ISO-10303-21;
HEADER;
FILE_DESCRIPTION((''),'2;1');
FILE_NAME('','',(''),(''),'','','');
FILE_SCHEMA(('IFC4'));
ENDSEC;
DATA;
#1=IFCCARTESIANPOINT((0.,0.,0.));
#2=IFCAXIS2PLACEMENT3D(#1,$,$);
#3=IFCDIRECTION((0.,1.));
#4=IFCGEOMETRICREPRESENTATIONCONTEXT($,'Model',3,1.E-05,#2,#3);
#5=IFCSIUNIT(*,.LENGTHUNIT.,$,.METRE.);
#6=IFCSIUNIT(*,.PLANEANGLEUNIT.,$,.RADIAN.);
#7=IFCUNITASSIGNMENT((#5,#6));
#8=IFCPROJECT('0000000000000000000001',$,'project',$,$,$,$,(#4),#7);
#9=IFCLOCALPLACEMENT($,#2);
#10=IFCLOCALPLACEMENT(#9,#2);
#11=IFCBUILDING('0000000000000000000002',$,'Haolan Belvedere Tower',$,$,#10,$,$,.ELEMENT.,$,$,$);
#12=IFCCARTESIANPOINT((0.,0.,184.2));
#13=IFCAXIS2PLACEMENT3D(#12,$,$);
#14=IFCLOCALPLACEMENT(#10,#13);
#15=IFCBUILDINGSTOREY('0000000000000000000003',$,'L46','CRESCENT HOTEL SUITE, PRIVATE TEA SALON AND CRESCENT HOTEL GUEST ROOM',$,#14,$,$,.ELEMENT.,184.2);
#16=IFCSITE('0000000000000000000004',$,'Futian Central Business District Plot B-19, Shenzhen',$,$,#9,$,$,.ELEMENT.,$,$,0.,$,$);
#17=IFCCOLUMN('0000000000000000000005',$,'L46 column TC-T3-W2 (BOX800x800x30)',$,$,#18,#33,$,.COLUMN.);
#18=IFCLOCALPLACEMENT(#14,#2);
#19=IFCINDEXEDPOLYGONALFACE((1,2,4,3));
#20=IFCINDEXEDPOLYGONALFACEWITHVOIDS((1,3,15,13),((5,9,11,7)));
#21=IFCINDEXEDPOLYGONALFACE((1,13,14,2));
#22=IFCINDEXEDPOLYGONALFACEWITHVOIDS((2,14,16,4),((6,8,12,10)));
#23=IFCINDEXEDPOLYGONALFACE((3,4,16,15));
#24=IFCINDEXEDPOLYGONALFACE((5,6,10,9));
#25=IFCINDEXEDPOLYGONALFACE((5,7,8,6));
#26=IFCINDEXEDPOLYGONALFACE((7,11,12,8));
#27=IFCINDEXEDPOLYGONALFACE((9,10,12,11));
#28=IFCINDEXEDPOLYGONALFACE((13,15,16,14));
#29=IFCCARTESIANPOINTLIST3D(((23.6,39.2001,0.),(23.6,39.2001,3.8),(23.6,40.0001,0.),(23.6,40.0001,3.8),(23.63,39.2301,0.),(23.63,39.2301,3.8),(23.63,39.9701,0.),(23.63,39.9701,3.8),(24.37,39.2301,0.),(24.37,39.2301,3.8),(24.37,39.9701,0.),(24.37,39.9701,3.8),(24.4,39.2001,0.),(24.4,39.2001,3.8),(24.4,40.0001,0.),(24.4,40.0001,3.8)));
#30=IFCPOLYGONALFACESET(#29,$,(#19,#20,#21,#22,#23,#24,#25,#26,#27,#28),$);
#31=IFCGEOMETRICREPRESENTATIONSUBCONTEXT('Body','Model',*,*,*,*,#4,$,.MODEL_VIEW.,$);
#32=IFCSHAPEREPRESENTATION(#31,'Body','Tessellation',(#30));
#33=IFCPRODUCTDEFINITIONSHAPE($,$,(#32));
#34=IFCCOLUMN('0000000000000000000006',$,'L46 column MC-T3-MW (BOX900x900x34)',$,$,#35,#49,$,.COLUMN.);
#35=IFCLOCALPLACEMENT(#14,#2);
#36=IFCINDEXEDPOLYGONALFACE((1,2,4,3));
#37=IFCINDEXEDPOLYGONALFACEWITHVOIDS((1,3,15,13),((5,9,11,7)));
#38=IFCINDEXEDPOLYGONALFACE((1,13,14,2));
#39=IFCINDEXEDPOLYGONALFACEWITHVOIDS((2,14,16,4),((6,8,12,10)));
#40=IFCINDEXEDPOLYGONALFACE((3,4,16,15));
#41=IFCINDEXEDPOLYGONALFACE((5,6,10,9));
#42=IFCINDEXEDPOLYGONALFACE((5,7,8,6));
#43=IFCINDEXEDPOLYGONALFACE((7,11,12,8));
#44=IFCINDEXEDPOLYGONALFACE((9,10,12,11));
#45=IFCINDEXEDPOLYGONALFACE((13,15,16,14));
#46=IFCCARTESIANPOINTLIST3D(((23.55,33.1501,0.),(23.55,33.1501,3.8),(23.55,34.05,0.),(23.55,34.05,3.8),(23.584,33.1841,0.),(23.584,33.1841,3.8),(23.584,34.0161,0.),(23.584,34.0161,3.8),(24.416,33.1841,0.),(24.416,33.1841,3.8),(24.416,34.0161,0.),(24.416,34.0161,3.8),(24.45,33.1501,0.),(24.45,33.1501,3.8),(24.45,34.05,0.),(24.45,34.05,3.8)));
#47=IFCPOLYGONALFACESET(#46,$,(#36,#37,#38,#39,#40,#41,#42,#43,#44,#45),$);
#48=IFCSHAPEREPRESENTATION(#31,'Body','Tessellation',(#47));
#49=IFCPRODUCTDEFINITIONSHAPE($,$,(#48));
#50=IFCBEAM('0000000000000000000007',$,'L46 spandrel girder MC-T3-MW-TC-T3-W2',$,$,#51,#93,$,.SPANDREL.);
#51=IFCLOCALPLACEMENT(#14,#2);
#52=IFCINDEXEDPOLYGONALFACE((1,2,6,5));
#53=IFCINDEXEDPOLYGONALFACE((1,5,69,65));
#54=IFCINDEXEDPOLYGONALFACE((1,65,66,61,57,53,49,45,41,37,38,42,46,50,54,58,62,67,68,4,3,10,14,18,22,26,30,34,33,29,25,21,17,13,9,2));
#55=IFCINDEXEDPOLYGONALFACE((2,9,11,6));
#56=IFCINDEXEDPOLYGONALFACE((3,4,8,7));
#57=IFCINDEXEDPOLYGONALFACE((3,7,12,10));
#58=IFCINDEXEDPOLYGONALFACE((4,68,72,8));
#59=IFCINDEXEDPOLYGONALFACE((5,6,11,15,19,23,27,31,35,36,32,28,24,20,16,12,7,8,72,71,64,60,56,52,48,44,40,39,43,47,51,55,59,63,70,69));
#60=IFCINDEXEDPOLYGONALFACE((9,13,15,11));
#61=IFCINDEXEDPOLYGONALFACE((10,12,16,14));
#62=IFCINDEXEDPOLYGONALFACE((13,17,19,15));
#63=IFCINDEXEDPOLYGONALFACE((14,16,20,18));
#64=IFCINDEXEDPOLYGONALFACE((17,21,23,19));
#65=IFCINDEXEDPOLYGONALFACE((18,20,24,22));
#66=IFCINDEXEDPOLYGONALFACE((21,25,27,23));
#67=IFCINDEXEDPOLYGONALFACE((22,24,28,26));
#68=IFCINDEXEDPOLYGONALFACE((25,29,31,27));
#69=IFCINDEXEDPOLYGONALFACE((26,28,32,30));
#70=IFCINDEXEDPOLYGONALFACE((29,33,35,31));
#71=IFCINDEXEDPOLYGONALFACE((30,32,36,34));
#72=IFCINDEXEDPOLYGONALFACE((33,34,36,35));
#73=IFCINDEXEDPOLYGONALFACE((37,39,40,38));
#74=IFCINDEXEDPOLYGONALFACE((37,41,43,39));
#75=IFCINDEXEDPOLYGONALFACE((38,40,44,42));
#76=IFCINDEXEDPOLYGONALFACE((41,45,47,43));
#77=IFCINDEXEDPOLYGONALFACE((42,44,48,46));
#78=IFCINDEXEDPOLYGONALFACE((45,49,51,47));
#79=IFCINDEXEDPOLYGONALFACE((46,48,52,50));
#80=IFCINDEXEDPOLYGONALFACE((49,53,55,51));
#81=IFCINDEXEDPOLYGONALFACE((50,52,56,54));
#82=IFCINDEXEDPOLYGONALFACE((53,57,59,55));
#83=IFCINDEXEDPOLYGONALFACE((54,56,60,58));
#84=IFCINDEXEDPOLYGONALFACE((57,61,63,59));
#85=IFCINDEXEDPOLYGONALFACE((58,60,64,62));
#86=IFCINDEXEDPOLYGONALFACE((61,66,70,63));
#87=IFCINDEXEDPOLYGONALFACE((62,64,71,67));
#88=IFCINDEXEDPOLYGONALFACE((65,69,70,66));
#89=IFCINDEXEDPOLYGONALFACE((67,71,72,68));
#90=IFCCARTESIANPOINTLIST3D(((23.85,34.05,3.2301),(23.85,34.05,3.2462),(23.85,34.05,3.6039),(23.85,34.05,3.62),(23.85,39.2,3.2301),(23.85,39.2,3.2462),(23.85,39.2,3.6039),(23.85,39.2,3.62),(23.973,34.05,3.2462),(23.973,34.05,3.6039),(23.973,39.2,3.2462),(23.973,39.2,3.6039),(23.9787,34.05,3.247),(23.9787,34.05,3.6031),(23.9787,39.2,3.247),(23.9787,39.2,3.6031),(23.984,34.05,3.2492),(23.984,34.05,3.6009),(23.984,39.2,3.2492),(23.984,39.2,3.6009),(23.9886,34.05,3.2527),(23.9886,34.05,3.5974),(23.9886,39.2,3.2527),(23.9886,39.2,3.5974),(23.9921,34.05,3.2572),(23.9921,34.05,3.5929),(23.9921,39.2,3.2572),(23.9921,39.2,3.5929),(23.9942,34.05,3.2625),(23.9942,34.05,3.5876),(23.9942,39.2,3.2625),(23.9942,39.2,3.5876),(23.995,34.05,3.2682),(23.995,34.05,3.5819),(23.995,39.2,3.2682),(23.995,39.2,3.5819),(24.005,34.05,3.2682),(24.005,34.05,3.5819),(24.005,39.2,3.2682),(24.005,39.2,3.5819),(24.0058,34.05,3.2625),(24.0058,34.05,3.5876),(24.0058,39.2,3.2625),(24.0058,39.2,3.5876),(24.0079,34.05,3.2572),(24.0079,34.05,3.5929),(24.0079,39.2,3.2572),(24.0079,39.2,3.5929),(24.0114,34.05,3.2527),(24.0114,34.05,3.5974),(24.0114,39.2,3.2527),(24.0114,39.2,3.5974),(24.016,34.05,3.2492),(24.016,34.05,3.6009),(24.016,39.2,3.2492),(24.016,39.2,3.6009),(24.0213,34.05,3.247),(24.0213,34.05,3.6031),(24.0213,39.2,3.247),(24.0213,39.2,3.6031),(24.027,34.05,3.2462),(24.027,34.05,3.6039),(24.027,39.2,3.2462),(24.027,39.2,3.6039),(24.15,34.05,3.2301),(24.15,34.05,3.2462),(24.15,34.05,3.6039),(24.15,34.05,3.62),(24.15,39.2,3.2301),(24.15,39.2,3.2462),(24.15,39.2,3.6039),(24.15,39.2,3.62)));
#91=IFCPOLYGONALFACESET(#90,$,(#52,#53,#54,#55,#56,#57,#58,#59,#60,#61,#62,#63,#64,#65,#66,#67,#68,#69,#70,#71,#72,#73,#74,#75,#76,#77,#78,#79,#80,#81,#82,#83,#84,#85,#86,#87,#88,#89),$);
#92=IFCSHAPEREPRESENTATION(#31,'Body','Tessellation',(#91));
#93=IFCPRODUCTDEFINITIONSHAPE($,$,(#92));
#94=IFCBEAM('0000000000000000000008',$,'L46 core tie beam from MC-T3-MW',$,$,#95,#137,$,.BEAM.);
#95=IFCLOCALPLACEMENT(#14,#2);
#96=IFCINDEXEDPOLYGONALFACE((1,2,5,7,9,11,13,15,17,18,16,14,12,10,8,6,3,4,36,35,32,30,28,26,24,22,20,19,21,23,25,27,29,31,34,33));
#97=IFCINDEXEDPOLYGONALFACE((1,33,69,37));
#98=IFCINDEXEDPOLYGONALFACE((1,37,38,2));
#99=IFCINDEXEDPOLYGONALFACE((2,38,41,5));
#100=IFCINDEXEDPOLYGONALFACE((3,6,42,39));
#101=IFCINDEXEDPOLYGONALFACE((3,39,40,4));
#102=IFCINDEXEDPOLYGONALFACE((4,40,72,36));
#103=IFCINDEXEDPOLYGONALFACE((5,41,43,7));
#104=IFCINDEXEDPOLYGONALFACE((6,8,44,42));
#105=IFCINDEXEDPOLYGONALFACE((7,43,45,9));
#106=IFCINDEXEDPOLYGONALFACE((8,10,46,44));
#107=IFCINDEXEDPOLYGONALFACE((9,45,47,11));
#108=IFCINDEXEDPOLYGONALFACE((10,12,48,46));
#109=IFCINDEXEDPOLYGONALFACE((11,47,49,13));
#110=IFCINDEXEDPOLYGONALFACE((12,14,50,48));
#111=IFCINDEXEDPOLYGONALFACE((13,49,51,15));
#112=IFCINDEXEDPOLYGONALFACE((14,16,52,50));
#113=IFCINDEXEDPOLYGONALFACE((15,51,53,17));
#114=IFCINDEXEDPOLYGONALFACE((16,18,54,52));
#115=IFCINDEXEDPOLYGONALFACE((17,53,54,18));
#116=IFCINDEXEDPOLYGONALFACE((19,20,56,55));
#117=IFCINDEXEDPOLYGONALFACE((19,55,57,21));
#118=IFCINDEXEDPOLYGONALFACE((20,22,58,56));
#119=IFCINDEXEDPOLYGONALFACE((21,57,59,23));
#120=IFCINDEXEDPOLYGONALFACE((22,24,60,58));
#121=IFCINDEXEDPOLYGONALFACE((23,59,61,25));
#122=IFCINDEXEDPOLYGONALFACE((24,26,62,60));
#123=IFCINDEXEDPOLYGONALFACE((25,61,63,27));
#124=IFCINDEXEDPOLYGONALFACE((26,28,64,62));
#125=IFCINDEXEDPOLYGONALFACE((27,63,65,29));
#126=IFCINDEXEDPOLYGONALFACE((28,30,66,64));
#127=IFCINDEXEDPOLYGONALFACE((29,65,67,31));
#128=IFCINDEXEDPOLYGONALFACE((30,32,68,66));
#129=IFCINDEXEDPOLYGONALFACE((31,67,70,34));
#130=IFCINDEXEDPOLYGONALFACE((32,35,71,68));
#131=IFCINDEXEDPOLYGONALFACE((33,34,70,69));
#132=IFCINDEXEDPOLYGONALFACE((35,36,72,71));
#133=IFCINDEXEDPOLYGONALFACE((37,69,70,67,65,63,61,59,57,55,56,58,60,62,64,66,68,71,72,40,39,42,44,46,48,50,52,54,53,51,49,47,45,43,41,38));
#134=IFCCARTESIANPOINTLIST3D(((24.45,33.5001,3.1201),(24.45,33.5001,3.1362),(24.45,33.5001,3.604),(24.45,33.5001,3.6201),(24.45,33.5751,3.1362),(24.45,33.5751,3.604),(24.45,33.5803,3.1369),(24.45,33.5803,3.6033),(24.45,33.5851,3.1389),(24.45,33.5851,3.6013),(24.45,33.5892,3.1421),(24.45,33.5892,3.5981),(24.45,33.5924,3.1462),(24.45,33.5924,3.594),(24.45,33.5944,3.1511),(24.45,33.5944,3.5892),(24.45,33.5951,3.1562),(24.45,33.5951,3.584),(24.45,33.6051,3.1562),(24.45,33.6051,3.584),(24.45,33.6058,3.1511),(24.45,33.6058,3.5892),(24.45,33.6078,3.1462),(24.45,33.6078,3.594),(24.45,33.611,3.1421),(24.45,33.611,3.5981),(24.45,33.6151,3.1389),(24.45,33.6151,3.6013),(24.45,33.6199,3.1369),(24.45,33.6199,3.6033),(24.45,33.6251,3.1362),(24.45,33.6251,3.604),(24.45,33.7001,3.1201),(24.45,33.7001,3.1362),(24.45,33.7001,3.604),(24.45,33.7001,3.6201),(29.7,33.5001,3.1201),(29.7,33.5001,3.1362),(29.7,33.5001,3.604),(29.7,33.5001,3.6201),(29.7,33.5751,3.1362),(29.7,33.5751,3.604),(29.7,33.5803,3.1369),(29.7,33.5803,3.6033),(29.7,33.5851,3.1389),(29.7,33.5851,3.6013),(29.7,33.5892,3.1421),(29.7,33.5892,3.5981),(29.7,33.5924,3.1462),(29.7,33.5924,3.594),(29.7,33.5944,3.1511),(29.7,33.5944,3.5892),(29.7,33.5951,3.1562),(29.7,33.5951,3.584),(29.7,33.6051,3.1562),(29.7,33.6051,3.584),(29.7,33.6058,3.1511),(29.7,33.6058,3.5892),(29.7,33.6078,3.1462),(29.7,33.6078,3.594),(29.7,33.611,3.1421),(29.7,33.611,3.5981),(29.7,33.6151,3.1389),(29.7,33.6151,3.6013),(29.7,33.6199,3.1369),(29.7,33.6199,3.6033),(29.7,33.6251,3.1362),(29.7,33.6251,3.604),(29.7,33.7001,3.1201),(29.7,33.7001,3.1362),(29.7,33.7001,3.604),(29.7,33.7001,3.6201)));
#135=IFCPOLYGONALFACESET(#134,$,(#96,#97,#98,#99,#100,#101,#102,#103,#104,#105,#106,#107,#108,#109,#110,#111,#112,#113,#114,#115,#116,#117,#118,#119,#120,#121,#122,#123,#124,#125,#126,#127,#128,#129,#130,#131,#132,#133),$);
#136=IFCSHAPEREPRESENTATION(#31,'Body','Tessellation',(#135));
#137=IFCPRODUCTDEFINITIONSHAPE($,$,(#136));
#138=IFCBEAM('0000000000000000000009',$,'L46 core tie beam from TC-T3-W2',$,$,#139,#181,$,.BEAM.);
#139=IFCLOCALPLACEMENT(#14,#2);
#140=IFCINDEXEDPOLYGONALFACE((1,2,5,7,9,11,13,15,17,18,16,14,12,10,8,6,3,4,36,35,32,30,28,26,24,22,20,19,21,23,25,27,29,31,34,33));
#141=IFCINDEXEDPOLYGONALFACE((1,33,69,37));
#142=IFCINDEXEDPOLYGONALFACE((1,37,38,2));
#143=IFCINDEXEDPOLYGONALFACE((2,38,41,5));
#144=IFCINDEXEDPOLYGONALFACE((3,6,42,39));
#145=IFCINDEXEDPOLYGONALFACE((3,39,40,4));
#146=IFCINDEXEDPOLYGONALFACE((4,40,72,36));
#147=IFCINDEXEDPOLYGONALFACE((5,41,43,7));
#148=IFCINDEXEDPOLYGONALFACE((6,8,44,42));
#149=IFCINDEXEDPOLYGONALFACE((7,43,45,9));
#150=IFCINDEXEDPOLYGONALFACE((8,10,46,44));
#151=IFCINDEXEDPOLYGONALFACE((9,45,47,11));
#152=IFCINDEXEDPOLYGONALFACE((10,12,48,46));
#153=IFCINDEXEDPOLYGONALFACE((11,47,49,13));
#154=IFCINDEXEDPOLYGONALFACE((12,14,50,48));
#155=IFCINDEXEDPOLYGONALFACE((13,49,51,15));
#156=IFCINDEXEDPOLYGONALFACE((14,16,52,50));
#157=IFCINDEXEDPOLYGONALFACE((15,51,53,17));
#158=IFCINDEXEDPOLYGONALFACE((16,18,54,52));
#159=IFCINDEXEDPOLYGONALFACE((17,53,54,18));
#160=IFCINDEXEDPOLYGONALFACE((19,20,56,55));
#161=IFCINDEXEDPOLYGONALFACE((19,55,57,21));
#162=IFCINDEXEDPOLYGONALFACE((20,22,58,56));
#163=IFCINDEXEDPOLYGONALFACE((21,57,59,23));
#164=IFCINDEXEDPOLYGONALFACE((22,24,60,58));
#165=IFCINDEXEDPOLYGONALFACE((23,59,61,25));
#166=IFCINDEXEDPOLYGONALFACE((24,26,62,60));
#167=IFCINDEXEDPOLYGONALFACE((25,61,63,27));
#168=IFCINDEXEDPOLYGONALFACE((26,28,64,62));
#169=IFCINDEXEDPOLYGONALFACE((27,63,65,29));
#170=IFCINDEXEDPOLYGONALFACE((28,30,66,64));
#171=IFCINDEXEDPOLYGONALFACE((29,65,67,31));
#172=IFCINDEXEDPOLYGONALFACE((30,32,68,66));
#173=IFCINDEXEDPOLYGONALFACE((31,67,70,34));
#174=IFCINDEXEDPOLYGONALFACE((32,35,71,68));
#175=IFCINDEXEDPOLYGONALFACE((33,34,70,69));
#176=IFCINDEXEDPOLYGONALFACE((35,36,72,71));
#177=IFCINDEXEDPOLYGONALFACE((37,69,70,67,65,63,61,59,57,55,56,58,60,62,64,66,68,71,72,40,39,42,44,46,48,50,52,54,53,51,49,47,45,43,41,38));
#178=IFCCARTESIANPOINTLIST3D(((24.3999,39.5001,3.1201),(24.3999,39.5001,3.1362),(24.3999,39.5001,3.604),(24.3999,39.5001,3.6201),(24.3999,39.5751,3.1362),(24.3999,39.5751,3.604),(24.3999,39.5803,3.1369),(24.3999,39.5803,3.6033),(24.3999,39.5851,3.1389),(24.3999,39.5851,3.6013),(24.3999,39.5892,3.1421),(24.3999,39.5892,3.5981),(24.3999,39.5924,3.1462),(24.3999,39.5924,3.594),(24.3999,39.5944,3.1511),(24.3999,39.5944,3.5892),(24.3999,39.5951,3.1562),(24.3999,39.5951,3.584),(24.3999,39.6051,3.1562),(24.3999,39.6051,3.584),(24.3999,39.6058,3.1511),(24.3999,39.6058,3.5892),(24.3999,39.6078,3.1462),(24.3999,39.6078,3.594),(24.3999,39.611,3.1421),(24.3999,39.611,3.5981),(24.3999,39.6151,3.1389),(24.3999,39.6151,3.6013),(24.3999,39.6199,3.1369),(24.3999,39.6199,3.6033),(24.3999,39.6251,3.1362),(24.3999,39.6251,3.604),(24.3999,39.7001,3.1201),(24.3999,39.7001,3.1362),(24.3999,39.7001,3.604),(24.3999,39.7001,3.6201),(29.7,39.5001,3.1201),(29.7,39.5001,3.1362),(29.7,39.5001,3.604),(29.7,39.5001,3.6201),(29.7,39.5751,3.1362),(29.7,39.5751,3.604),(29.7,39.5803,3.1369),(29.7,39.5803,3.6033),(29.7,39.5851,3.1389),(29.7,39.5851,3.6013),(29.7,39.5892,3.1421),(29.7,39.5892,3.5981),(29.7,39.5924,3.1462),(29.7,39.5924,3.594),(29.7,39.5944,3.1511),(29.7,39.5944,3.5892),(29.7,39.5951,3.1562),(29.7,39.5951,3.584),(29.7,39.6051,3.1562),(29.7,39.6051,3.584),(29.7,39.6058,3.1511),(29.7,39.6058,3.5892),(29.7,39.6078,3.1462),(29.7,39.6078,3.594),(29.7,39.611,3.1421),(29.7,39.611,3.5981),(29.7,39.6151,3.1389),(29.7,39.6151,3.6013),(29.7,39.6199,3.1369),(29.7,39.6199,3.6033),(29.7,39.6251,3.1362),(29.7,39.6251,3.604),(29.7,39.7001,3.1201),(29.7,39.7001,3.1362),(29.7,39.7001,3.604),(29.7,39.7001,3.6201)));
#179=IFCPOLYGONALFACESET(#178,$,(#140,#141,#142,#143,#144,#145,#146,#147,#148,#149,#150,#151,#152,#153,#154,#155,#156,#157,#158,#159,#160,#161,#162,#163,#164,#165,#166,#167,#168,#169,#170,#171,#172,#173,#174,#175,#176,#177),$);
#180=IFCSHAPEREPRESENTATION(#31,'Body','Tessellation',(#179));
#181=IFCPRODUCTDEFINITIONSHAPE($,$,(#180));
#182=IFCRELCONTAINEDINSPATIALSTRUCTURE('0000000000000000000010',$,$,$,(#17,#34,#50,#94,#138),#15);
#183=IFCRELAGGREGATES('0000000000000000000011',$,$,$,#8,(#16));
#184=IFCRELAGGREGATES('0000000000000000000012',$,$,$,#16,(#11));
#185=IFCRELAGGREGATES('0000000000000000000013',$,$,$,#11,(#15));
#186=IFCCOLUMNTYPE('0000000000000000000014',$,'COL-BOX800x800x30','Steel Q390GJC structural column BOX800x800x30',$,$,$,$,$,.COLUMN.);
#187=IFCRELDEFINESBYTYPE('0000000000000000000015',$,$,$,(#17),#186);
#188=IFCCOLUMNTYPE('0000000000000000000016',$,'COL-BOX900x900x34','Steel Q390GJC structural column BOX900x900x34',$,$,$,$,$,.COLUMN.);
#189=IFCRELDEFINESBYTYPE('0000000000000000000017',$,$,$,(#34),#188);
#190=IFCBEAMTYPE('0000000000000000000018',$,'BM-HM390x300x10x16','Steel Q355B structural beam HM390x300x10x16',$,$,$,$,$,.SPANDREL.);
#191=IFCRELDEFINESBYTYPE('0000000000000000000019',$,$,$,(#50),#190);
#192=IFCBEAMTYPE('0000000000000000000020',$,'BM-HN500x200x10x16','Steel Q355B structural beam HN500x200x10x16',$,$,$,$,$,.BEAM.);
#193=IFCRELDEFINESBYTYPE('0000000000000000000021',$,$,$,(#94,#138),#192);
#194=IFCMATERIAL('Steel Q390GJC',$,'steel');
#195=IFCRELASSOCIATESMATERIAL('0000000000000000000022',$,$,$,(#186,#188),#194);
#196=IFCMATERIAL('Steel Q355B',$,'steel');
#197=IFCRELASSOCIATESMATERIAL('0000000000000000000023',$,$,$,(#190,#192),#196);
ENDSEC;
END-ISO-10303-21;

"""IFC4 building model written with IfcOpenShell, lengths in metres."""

from ifc_helpers import new_model, si_unit, direction, frame, origin, origin_2d, place, context, subcontext, project, spatial, hollow_rectangle, i_section, extrude, material, material_profile, profile_set, type_object, element, save


model = new_model("IFC4")

# Units and contexts
model_context = context("Model", 3, precision=1e-05, world=origin(), true_north=direction((0.0, 1.0)))
body_context = subcontext(model_context, "Body", "Model", "MODEL_VIEW")
ifc_project = project(units=[si_unit("LENGTHUNIT", "METRE"), si_unit("PLANEANGLEUNIT", "RADIAN")], contexts=[model_context])

# Site, building, storey
site_placement = place(None, origin())
site = spatial("IfcSite", under=ifc_project, at=site_placement, Name="Futian Central Business District Plot B-19, Shenzhen", CompositionType="ELEMENT", RefElevation=0.0)
building_placement = place(site_placement, origin())
building = spatial("IfcBuilding", under=site, at=building_placement, Name="Haolan Belvedere Tower", CompositionType="ELEMENT")
storey_placement = place(building_placement, frame((0.0, 0.0, 184.2)))
storey = spatial("IfcBuildingStorey", under=building, at=storey_placement, Name="L46", Description="CRESCENT HOTEL SUITE, PRIVATE TEA SALON AND CRESCENT HOTEL GUEST ROOM", CompositionType="ELEMENT", Elevation=184.2)

# Columns
ifc_material_1 = material(Name="Steel Q390GJC", Category="steel")
ifc_material_profile_1 = material_profile(ifc_material_1, hollow_rectangle(XDim=0.8, YDim=0.8, WallThickness=0.03, at=origin_2d()), Name="Steel Q390GJC")
ifc_profile_set_1 = profile_set([ifc_material_profile_1], Name="Steel Q390GJC")
column_type_1 = type_object("IfcColumnType", Name="COL-BOX800x800x30", Description="Steel Q390GJC structural column BOX800x800x30", PredefinedType="COLUMN", material=ifc_profile_set_1)
column_1_placement = place(storey_placement, frame((24.0, 39.6001, 0.0), z_axis=(0.0, 0.0, 1.0), x_axis=(1.0, 0.0, 0.0)))
element("IfcColumn", 1, at=column_1_placement, inside=storey, type_object=column_type_1, Name="L46 column TC-T3-W2 (BOX800x800x30)", PredefinedType="COLUMN", context=body_context, shape_type="SweptSolid", body=[
    extrude(hollow_rectangle(XDim=0.8, YDim=0.8, WallThickness=0.03, at=origin_2d()), origin(), (0.0, 0.0, 1.0), 3.8),
])
ifc_material_profile_2 = material_profile(ifc_material_1, hollow_rectangle(XDim=0.8999, YDim=0.8999, WallThickness=0.0339, at=origin_2d()), Name="Steel Q390GJC")
ifc_profile_set_2 = profile_set([ifc_material_profile_2], Name="Steel Q390GJC")
column_type_2 = type_object("IfcColumnType", Name="COL-BOX900x900x34", Description="Steel Q390GJC structural column BOX900x900x34", PredefinedType="COLUMN", material=ifc_profile_set_2)
column_2_placement = place(storey_placement, frame((24.0, 33.6001, 0.0), z_axis=(0.0, 0.0, 1.0), x_axis=(1.0, 0.0, 0.0)))
element("IfcColumn", 2, at=column_2_placement, inside=storey, type_object=column_type_2, Name="L46 column MC-T3-MW (BOX900x900x34)", PredefinedType="COLUMN", context=body_context, shape_type="SweptSolid", body=[
    extrude(hollow_rectangle(XDim=0.8999, YDim=0.8999, WallThickness=0.0339, at=origin_2d()), origin(), (0.0, 0.0, 1.0), 3.8),
])

# Beams
ifc_material_2 = material(Name="Steel Q355B", Category="steel")
ifc_material_profile_3 = material_profile(ifc_material_2, i_section(OverallWidth=0.3, OverallDepth=0.3899, WebThickness=0.01, FlangeThickness=0.0161, FilletRadius=0.022, at=origin_2d()), Name="Steel Q355B")
ifc_profile_set_3 = profile_set([ifc_material_profile_3], Name="Steel Q355B")
beam_type_1 = type_object("IfcBeamType", Name="BM-HM390x300x10x16", Description="Steel Q355B structural beam HM390x300x10x16", PredefinedType="SPANDREL", material=ifc_profile_set_3)
beam_1_placement = place(storey_placement, frame((24.0, 34.05, 3.425), z_axis=(0.0, 1.0, 0.0), x_axis=(-1.0, 0.0, 0.0)))
element("IfcBeam", 3, at=beam_1_placement, inside=storey, type_object=beam_type_1, Name="L46 spandrel girder MC-T3-MW-TC-T3-W2", PredefinedType="SPANDREL", context=body_context, shape_type="SweptSolid", body=[
    extrude(i_section(OverallWidth=0.3, OverallDepth=0.3899, WebThickness=0.01, FlangeThickness=0.0161, FilletRadius=0.022, at=origin_2d()), origin(), (0.0, 0.0, 1.0), 5.1499),
])
ifc_material_profile_4 = material_profile(ifc_material_2, i_section(OverallWidth=0.2, OverallDepth=0.5, WebThickness=0.01, FlangeThickness=0.0161, FilletRadius=0.02, at=origin_2d()), Name="Steel Q355B")
ifc_profile_set_4 = profile_set([ifc_material_profile_4], Name="Steel Q355B")
beam_type_2 = type_object("IfcBeamType", Name="BM-HN500x200x10x16", Description="Steel Q355B structural beam HN500x200x10x16", PredefinedType="BEAM", material=ifc_profile_set_4)
beam_2_placement = place(storey_placement, frame((24.45, 33.6001, 3.3701), z_axis=(1.0, 0.0, 0.0), x_axis=(0.0, 1.0, 0.0)))
element("IfcBeam", 4, at=beam_2_placement, inside=storey, type_object=beam_type_2, Name="L46 core tie beam from MC-T3-MW", PredefinedType="BEAM", context=body_context, shape_type="SweptSolid", body=[
    extrude(i_section(OverallWidth=0.2, OverallDepth=0.5, WebThickness=0.01, FlangeThickness=0.0161, FilletRadius=0.02, at=origin_2d()), origin(), (0.0, 0.0, 1.0), 5.25),
])
beam_3_placement = place(storey_placement, frame((24.3999, 39.6001, 3.3701), z_axis=(1.0, 0.0, 0.0), x_axis=(0.0, 1.0, 0.0)))
element("IfcBeam", 5, at=beam_3_placement, inside=storey, type_object=beam_type_2, Name="L46 core tie beam from TC-T3-W2", PredefinedType="BEAM", context=body_context, shape_type="SweptSolid", body=[
    extrude(i_section(OverallWidth=0.2, OverallDepth=0.5, WebThickness=0.01, FlangeThickness=0.0161, FilletRadius=0.02, at=origin_2d()), origin(), (0.0, 0.0, 1.0), 5.3),
])

save(model, "model.ifc")
